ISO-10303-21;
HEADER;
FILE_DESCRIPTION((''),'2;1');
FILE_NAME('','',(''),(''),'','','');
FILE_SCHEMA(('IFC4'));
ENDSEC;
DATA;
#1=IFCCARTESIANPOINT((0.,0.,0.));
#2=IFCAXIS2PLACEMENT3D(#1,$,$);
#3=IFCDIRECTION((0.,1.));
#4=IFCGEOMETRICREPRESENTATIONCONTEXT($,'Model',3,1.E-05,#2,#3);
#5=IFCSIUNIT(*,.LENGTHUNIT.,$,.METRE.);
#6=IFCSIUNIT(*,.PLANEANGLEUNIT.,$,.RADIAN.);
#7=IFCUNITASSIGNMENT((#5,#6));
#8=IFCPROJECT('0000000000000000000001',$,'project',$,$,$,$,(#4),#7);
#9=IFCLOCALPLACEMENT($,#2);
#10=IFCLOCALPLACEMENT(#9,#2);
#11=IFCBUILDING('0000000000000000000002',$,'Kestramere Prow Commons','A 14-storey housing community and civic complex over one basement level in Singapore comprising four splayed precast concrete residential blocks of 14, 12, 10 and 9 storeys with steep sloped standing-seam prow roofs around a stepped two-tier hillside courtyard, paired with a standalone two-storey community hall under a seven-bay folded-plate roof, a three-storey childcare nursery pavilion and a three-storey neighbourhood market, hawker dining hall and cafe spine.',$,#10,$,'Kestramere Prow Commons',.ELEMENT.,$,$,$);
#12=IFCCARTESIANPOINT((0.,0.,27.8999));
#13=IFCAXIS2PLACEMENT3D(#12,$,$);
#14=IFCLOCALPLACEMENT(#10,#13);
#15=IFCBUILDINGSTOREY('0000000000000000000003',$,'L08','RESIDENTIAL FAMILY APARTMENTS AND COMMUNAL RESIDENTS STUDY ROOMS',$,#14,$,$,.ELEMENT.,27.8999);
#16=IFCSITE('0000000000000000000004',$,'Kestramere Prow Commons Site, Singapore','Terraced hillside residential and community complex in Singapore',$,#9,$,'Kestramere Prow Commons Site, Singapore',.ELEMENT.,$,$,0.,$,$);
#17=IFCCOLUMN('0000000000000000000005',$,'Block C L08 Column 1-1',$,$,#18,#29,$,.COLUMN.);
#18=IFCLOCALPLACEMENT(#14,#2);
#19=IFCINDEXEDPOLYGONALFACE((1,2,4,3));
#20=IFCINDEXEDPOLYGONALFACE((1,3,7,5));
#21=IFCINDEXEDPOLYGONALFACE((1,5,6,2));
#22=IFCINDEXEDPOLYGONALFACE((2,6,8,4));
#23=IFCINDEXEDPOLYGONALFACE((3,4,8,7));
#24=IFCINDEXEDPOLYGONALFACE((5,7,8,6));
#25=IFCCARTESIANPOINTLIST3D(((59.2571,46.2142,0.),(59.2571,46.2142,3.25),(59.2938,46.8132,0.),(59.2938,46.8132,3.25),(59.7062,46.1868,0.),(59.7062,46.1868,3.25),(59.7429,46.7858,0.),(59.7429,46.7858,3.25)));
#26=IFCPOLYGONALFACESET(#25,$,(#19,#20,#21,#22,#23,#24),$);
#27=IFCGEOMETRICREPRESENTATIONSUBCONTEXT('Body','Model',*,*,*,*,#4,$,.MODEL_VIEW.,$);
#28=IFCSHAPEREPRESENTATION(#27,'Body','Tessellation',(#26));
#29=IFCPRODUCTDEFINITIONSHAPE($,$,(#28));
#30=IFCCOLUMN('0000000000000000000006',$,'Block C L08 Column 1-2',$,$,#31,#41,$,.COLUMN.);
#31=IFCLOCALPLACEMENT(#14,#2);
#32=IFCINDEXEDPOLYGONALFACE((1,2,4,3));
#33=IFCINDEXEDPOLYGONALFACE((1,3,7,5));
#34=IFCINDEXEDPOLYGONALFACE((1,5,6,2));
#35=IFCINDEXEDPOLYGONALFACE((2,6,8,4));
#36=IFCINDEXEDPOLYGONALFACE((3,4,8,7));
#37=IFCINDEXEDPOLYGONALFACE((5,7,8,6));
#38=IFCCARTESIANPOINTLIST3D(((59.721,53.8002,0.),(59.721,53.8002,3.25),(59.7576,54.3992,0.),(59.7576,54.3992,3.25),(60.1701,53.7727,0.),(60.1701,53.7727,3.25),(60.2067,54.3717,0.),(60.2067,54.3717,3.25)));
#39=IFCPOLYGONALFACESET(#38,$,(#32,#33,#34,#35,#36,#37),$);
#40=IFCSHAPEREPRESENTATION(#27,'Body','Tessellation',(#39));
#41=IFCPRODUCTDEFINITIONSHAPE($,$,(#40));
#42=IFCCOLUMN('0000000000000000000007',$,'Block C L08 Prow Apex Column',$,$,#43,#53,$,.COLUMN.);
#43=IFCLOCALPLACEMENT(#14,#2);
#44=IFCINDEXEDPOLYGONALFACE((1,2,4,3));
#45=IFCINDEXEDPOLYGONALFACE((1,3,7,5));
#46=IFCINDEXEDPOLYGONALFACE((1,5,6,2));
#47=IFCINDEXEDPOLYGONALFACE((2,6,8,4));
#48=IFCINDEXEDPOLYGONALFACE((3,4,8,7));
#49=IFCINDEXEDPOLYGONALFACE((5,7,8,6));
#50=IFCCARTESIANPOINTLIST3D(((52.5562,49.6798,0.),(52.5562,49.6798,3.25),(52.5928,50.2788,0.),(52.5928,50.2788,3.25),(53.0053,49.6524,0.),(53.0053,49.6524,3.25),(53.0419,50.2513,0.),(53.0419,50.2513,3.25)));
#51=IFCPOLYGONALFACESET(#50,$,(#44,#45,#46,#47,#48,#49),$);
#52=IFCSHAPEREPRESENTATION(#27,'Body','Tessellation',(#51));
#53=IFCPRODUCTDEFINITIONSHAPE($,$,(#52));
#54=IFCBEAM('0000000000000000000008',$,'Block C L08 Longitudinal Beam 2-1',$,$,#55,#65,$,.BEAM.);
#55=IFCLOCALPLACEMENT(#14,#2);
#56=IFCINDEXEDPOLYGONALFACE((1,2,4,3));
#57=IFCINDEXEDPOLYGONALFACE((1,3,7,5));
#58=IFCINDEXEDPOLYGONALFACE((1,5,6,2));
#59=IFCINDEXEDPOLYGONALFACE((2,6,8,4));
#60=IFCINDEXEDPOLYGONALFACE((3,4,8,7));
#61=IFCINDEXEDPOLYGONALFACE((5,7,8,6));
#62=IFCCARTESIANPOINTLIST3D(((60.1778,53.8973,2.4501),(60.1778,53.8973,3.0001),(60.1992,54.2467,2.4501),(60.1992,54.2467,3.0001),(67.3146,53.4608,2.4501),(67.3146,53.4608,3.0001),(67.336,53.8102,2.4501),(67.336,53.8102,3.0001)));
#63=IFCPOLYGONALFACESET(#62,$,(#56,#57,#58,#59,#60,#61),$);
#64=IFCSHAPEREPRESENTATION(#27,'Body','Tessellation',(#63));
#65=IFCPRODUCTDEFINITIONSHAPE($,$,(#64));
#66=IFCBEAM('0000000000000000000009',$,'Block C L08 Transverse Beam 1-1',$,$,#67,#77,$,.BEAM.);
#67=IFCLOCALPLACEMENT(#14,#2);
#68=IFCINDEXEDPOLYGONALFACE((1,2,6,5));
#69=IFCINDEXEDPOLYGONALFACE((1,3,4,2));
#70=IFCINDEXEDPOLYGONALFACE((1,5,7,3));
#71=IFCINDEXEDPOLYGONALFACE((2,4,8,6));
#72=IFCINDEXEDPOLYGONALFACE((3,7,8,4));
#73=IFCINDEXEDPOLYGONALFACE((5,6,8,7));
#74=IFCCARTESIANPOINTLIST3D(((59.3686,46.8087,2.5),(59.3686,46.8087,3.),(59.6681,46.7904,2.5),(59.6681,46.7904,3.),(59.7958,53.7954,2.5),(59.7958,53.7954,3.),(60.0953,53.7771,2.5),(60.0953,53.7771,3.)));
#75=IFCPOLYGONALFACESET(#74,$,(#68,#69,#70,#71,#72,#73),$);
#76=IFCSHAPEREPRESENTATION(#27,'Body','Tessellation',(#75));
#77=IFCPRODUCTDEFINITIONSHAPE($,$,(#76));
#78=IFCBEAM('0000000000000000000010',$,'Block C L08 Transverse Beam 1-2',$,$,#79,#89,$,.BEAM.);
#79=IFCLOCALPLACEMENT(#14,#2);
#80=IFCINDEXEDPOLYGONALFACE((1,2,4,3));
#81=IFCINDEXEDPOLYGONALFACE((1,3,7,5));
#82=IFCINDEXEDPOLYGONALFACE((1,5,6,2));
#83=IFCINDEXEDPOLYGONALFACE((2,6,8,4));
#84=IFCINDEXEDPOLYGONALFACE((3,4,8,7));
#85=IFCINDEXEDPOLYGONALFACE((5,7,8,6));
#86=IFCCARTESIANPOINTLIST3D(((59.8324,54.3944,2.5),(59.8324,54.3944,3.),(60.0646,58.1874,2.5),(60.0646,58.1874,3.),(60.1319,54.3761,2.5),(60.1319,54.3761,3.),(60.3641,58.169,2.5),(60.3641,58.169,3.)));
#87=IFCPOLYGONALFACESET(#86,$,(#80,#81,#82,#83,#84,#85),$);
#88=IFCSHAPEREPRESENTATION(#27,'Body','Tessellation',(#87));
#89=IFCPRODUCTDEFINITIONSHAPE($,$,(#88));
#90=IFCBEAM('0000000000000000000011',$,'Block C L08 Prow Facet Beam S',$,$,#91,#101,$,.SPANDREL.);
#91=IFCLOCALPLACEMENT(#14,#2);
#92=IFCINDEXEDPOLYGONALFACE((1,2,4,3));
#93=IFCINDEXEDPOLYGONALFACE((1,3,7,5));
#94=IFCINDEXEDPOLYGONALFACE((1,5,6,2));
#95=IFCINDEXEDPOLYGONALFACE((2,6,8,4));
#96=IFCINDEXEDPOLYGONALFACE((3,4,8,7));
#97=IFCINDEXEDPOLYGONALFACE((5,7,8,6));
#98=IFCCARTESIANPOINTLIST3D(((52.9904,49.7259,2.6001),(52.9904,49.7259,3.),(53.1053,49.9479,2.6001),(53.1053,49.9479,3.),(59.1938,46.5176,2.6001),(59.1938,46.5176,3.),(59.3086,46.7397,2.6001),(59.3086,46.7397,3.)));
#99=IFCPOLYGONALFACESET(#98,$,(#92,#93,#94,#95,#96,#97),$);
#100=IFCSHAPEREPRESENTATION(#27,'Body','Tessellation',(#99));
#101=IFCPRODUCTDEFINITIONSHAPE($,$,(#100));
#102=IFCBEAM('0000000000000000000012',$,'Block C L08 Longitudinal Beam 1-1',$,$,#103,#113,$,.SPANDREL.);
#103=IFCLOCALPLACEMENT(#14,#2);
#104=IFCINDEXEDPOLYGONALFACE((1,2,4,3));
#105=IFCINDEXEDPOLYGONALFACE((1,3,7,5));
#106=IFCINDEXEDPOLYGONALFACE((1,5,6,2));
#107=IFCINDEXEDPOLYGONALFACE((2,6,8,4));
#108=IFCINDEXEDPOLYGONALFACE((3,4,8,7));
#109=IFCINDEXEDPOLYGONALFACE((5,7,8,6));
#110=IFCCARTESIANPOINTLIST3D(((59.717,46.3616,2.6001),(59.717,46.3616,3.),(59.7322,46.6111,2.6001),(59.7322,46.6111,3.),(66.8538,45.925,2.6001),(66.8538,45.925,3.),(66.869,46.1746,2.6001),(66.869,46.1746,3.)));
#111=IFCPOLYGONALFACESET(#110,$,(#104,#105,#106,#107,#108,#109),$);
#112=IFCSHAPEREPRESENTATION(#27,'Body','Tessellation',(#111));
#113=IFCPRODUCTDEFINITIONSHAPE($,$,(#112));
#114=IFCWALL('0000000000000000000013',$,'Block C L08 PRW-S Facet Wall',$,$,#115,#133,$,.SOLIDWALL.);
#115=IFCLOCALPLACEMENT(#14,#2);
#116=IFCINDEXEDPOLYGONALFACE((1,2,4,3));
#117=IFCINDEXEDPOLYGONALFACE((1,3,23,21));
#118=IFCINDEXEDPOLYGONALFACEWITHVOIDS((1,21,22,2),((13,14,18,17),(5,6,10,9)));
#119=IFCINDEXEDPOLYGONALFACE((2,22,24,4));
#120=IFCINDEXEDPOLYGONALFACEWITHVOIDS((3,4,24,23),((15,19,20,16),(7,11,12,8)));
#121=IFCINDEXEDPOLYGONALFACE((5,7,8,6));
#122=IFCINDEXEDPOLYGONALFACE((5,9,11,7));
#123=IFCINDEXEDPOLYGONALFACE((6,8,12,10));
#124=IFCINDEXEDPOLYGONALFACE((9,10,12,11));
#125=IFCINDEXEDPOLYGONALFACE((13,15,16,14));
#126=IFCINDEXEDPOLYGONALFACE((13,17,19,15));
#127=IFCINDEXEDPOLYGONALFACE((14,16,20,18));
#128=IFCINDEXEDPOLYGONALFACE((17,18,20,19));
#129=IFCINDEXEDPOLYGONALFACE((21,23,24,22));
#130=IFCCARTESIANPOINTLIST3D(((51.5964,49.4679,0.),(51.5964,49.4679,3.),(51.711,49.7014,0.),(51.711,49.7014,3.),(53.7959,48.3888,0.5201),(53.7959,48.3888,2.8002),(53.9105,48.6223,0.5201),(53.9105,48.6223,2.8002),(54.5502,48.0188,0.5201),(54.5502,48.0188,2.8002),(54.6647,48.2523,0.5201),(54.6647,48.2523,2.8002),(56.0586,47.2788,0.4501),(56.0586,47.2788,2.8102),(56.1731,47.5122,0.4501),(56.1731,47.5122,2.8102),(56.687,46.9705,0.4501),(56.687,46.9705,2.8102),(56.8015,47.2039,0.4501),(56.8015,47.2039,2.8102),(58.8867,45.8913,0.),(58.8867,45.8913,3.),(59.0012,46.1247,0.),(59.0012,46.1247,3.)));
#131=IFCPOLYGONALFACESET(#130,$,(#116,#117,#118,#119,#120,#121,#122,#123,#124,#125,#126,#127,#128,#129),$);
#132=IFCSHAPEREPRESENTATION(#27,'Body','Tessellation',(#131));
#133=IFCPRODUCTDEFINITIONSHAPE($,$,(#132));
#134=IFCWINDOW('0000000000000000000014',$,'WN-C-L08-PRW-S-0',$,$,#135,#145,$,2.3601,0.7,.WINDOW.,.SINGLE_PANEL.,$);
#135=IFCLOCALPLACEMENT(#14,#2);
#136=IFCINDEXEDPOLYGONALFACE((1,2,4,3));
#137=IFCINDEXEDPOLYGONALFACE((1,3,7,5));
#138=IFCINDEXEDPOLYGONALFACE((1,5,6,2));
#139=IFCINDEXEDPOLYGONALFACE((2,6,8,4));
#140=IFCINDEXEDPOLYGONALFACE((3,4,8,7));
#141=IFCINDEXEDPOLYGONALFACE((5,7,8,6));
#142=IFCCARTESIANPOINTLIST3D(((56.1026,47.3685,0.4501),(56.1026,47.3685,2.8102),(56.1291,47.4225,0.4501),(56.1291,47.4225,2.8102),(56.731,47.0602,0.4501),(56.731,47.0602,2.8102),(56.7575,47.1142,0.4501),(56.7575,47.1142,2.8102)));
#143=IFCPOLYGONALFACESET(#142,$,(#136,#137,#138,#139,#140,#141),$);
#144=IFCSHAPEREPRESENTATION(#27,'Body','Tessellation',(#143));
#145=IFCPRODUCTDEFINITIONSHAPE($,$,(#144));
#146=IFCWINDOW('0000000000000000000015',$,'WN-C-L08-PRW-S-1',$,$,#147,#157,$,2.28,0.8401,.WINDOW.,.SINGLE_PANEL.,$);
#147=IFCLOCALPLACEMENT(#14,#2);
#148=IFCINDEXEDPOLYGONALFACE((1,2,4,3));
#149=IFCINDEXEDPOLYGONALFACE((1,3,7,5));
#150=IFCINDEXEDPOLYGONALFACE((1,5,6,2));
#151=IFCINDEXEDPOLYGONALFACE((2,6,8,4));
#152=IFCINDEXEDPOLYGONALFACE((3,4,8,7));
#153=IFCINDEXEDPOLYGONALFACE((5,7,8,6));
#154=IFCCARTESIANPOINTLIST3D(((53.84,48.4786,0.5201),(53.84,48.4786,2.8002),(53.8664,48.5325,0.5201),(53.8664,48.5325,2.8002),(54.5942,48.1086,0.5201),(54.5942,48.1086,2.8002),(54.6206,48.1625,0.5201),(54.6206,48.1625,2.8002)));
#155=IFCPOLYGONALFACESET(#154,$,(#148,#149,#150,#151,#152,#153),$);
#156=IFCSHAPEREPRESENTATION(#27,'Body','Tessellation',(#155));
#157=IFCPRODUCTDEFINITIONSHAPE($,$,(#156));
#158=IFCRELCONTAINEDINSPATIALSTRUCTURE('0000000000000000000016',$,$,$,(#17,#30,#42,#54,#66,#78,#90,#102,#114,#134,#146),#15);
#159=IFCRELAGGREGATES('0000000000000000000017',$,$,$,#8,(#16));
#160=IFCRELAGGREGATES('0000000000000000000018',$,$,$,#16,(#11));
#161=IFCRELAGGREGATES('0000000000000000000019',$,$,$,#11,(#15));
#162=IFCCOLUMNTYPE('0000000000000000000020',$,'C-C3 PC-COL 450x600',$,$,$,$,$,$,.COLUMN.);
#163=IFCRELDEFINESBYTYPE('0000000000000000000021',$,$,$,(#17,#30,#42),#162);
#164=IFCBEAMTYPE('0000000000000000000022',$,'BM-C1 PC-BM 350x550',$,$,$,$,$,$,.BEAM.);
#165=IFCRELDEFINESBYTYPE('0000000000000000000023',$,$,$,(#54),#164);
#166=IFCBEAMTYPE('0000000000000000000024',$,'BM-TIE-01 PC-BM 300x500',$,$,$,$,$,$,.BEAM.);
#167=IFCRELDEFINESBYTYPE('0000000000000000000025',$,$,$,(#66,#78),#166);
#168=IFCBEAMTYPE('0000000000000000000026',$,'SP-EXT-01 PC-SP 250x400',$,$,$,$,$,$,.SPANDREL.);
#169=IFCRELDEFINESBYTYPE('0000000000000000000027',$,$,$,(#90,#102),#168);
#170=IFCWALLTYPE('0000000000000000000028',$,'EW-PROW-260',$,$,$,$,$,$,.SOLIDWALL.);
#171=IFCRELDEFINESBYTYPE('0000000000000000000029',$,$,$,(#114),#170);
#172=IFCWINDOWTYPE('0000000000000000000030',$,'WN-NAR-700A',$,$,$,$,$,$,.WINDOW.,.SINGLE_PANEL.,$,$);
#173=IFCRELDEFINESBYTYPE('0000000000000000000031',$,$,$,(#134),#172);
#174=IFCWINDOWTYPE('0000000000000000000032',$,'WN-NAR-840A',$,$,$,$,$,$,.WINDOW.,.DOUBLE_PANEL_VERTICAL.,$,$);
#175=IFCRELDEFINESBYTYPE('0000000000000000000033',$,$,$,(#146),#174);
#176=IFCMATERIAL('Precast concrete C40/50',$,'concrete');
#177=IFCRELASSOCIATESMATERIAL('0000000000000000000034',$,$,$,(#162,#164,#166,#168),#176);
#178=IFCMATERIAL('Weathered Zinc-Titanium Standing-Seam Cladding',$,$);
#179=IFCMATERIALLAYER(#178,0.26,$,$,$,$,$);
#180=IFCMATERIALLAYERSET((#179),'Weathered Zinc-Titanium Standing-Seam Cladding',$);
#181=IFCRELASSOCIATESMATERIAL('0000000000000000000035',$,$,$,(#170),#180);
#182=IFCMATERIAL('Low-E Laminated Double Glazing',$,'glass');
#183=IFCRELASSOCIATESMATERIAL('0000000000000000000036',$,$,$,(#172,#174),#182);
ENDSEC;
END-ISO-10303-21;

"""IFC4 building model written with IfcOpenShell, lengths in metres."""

from ifc_helpers import new_model, si_unit, direction, frame, frame_2d, origin, origin_2d, place, context, subcontext, project, spatial, rectangle, extrude, material, layer, layer_set, material_profile, profile_set, type_object, element, fill, save


model = new_model("IFC4")

# Units and contexts
model_context = context("Model", 3, precision=1e-05, world=origin(), true_north=direction((0.0, 1.0)))
body_context = subcontext(model_context, "Body", "Model", "MODEL_VIEW")
ifc_project = project(units=[si_unit("LENGTHUNIT", "METRE"), si_unit("PLANEANGLEUNIT", "RADIAN")], contexts=[model_context])

# Site, building, storey
site_placement = place(None, origin())
site = spatial("IfcSite", under=ifc_project, at=site_placement, Name="Kestramere Prow Commons Site, Singapore", Description="Terraced hillside residential and community complex in Singapore", LongName="Kestramere Prow Commons Site, Singapore", CompositionType="ELEMENT", RefElevation=0.0)
building_placement = place(site_placement, origin())
building = spatial("IfcBuilding", under=site, at=building_placement, Name="Kestramere Prow Commons", Description="A 14-storey housing community and civic complex over one basement level in Singapore comprising four splayed precast concrete residential blocks of 14, 12, 10 and 9 storeys with steep sloped standing-seam prow roofs around a stepped two-tier hillside courtyard, paired with a standalone two-storey community hall under a seven-bay folded-plate roof, a three-storey childcare nursery pavilion and a three-storey neighbourhood market, hawker dining hall and cafe spine.", LongName="Kestramere Prow Commons", CompositionType="ELEMENT")
storey_placement = place(building_placement, frame((0.0, 0.0, 27.8999)))
storey = spatial("IfcBuildingStorey", under=building, at=storey_placement, Name="L08", Description="RESIDENTIAL FAMILY APARTMENTS AND COMMUNAL RESIDENTS STUDY ROOMS", CompositionType="ELEMENT", Elevation=27.8999)

# Columns
ifc_material_1 = material(Name="Precast concrete C40/50", Category="concrete")
ifc_material_profile_1 = material_profile(ifc_material_1, rectangle(XDim=0.45, YDim=0.6001, at=origin_2d()), Name="PC-COL 450x600")
ifc_profile_set_1 = profile_set([ifc_material_profile_1], Name="Precast concrete C40/50")
column_type = type_object("IfcColumnType", Name="C-C3 PC-COL 450x600", PredefinedType="COLUMN", material=ifc_profile_set_1)
for number, where, z_axis, x_axis, name in (
    (1, (59.5, 46.5, 0.0), (0.0, 0.0, 1.0), (0.998135, -0.061049, 0.0), "Block C L08 Column 1-1"),
    (2, (59.9639, 54.0859, 0.0), (0.0, 0.0, 1.0), (0.998135, -0.061049, 0.0), "Block C L08 Column 1-2"),
    (3, (52.7991, 49.9656, 0.0), (0.0, 0.0, 1.0), (0.998135, -0.061049, 0.0), "Block C L08 Prow Apex Column"),
):
    element("IfcColumn", number, at=place(storey_placement, frame(where, z_axis=z_axis, x_axis=x_axis)), inside=storey, type_object=column_type, Name=name, PredefinedType="COLUMN", context=body_context, shape_type="SweptSolid", body=[
        extrude(rectangle(XDim=0.45, YDim=0.6001, at=origin_2d()), origin(), (0.0, 0.0, 1.0), 3.25),
    ])

# Beams
ifc_material_profile_2 = material_profile(ifc_material_1, rectangle(XDim=0.3501, YDim=0.55, at=origin_2d()), Name="PC-BM 350x550")
ifc_profile_set_2 = profile_set([ifc_material_profile_2], Name="Precast concrete C40/50")
beam_type_1 = type_object("IfcBeamType", Name="BM-C1 PC-BM 350x550", PredefinedType="BEAM", material=ifc_profile_set_2)
beam_1_placement = place(storey_placement, frame((60.1885, 54.072, 2.7251), z_axis=(0.998135, -0.061052, 0.0), x_axis=(0.061052, 0.998135, 0.0)))
element("IfcBeam", 4, at=beam_1_placement, inside=storey, type_object=beam_type_1, Name="Block C L08 Longitudinal Beam 2-1", PredefinedType="BEAM", context=body_context, shape_type="SweptSolid", body=[
    extrude(rectangle(XDim=0.3501, YDim=0.55, at=origin_2d()), origin(), (0.0, 0.0, 1.0), 7.1501),
])
ifc_material_profile_3 = material_profile(ifc_material_1, rectangle(XDim=0.3, YDim=0.5, at=origin_2d()), Name="PC-BM 300x500")
ifc_profile_set_3 = profile_set([ifc_material_profile_3], Name="Precast concrete C40/50")
beam_type_2 = type_object("IfcBeamType", Name="BM-TIE-01 PC-BM 300x500", PredefinedType="BEAM", material=ifc_profile_set_3)
beam_2_placement = place(storey_placement, frame((59.5183, 46.7996, 2.75), z_axis=(0.061036, 0.998136, 0.0), x_axis=(-0.998136, 0.061036, 0.0)))
element("IfcBeam", 5, at=beam_2_placement, inside=storey, type_object=beam_type_2, Name="Block C L08 Transverse Beam 1-1", PredefinedType="BEAM", context=body_context, shape_type="SweptSolid", body=[
    extrude(rectangle(XDim=0.3, YDim=0.5, at=origin_2d()), origin(), (0.0, 0.0, 1.0), 6.9998),
])
beam_3_placement = place(storey_placement, frame((59.9822, 54.3853, 2.75), z_axis=(0.061098, 0.998132, 0.0), x_axis=(-0.998132, 0.061098, 0.0)))
element("IfcBeam", 6, at=beam_3_placement, inside=storey, type_object=beam_type_2, Name="Block C L08 Transverse Beam 1-2", PredefinedType="BEAM", context=body_context, shape_type="SweptSolid", body=[
    extrude(rectangle(XDim=0.3, YDim=0.5, at=origin_2d()), origin(), (0.0, 0.0, 1.0), 3.8),
])
ifc_material_profile_4 = material_profile(ifc_material_1, rectangle(XDim=0.25, YDim=0.3999, at=origin_2d()), Name="PC-SP 250x400")
ifc_profile_set_4 = profile_set([ifc_material_profile_4], Name="Precast concrete C40/50")
beam_type_3 = type_object("IfcBeamType", Name="SP-EXT-01 PC-SP 250x400", PredefinedType="SPANDREL", material=ifc_profile_set_4)
beam_4_placement = place(storey_placement, frame((59.2512, 46.6287, 2.8), z_axis=(-0.88824, 0.459379, 0.0), x_axis=(-0.459379, -0.88824, 0.0)))
element("IfcBeam", 7, at=beam_4_placement, inside=storey, type_object=beam_type_3, Name="Block C L08 Prow Facet Beam S", PredefinedType="SPANDREL", context=body_context, shape_type="SweptSolid", body=[
    extrude(rectangle(XDim=0.25, YDim=0.3999, at=origin_2d()), origin(), (0.0, 0.0, 1.0), 6.9839),
])
beam_5_placement = place(storey_placement, frame((59.7246, 46.4863, 2.8), z_axis=(0.998135, -0.061052, 0.0), x_axis=(0.061052, 0.998135, 0.0)))
element("IfcBeam", 8, at=beam_5_placement, inside=storey, type_object=beam_type_3, Name="Block C L08 Longitudinal Beam 1-1", PredefinedType="SPANDREL", context=body_context, shape_type="SweptSolid", body=[
    extrude(rectangle(XDim=0.25, YDim=0.3999, at=origin_2d()), origin(), (0.0, 0.0, 1.0), 7.1501),
])

# Wall, openings, windows
ifc_material_2 = material(Name="Weathered Zinc-Titanium Standing-Seam Cladding")
ifc_layer_1 = layer(ifc_material_2, 0.26)
ifc_layer_set_1 = layer_set([ifc_layer_1], Name="Weathered Zinc-Titanium Standing-Seam Cladding")
wall_type_1 = type_object("IfcWallType", Name="EW-PROW-260", PredefinedType="SOLIDWALL", material=ifc_layer_set_1)
wall_1_placement = place(storey_placement, frame((58.9438, 46.0081, 0.0), z_axis=(0.0, 0.0, 1.0), x_axis=(-0.897775, 0.440454, 0.0)))
wall_1 = element("IfcWall", 9, at=wall_1_placement, inside=storey, type_object=wall_type_1, Name="Block C L08 PRW-S Facet Wall", PredefinedType="SOLIDWALL", context=body_context, shape_type="SweptSolid", body=[
    extrude(rectangle(XDim=8.1204, YDim=0.26, at=frame_2d((4.0601, 0.0))), origin(), (0.0, 0.0, 1.0), 3.0),
])
opening_1_placement = place(wall_1_placement, frame((2.45, 0.0, 0.45)))
opening_1 = element("IfcOpeningElement", 10, at=opening_1_placement, cuts=wall_1, PredefinedType="OPENING", context=body_context, shape_type="SweptSolid", body=[
    extrude(rectangle(XDim=0.7, YDim=2.3601, at=frame_2d((0.3501, 1.1802))), frame((0.0, 0.145, 0.0), z_axis=(0.0, -1.0, 0.0), x_axis=(1.0, 0.0, 0.0)), (0.0, 0.0, 1.0), 0.29),
])
opening_2_placement = place(wall_1_placement, frame((4.8303, 0.0, 0.52)))
opening_2 = element("IfcOpeningElement", 11, at=opening_2_placement, cuts=wall_1, PredefinedType="OPENING", context=body_context, shape_type="SweptSolid", body=[
    extrude(rectangle(XDim=0.8401, YDim=2.28, at=frame_2d((0.4199, 1.1401))), frame((0.0, 0.145, 0.0), z_axis=(0.0, -1.0, 0.0), x_axis=(1.0, 0.0, 0.0)), (0.0, 0.0, 1.0), 0.29),
])
ifc_material_3 = material(Name="Low-E Laminated Double Glazing", Category="glass")
window_type_1 = type_object("IfcWindowType", Name="WN-NAR-700A", PartitioningType="SINGLE_PANEL", PredefinedType="WINDOW", material=ifc_material_3)
window_1_placement = place(opening_1_placement, origin())
window_1 = element("IfcWindow", 12, at=window_1_placement, inside=storey, type_object=window_type_1, Name="WN-C-L08-PRW-S-0", OverallHeight=2.3601, OverallWidth=0.7, PartitioningType="SINGLE_PANEL", PredefinedType="WINDOW", context=body_context, shape_type="SweptSolid", body=[
    extrude(rectangle(XDim=0.7, YDim=2.3601, at=frame_2d((0.3501, 1.1802))), frame((0.0, 0.03, 0.0), z_axis=(0.0, -1.0, 0.0), x_axis=(1.0, 0.0, 0.0)), (0.0, 0.0, 1.0), 0.0601),
])
fill(opening_1, window_1)
window_type_2 = type_object("IfcWindowType", Name="WN-NAR-840A", PartitioningType="DOUBLE_PANEL_VERTICAL", PredefinedType="WINDOW", material=ifc_material_3)
window_2_placement = place(opening_2_placement, origin())
window_2 = element("IfcWindow", 13, at=window_2_placement, inside=storey, type_object=window_type_2, Name="WN-C-L08-PRW-S-1", OverallHeight=2.28, OverallWidth=0.8401, PartitioningType="SINGLE_PANEL", PredefinedType="WINDOW", context=body_context, shape_type="SweptSolid", body=[
    extrude(rectangle(XDim=0.8401, YDim=2.28, at=frame_2d((0.4199, 1.1401))), frame((0.0, 0.03, 0.0), z_axis=(0.0, -1.0, 0.0), x_axis=(1.0, 0.0, 0.0)), (0.0, 0.0, 1.0), 0.0601),
])
fill(opening_2, window_2)

save(model, "model.ifc")
